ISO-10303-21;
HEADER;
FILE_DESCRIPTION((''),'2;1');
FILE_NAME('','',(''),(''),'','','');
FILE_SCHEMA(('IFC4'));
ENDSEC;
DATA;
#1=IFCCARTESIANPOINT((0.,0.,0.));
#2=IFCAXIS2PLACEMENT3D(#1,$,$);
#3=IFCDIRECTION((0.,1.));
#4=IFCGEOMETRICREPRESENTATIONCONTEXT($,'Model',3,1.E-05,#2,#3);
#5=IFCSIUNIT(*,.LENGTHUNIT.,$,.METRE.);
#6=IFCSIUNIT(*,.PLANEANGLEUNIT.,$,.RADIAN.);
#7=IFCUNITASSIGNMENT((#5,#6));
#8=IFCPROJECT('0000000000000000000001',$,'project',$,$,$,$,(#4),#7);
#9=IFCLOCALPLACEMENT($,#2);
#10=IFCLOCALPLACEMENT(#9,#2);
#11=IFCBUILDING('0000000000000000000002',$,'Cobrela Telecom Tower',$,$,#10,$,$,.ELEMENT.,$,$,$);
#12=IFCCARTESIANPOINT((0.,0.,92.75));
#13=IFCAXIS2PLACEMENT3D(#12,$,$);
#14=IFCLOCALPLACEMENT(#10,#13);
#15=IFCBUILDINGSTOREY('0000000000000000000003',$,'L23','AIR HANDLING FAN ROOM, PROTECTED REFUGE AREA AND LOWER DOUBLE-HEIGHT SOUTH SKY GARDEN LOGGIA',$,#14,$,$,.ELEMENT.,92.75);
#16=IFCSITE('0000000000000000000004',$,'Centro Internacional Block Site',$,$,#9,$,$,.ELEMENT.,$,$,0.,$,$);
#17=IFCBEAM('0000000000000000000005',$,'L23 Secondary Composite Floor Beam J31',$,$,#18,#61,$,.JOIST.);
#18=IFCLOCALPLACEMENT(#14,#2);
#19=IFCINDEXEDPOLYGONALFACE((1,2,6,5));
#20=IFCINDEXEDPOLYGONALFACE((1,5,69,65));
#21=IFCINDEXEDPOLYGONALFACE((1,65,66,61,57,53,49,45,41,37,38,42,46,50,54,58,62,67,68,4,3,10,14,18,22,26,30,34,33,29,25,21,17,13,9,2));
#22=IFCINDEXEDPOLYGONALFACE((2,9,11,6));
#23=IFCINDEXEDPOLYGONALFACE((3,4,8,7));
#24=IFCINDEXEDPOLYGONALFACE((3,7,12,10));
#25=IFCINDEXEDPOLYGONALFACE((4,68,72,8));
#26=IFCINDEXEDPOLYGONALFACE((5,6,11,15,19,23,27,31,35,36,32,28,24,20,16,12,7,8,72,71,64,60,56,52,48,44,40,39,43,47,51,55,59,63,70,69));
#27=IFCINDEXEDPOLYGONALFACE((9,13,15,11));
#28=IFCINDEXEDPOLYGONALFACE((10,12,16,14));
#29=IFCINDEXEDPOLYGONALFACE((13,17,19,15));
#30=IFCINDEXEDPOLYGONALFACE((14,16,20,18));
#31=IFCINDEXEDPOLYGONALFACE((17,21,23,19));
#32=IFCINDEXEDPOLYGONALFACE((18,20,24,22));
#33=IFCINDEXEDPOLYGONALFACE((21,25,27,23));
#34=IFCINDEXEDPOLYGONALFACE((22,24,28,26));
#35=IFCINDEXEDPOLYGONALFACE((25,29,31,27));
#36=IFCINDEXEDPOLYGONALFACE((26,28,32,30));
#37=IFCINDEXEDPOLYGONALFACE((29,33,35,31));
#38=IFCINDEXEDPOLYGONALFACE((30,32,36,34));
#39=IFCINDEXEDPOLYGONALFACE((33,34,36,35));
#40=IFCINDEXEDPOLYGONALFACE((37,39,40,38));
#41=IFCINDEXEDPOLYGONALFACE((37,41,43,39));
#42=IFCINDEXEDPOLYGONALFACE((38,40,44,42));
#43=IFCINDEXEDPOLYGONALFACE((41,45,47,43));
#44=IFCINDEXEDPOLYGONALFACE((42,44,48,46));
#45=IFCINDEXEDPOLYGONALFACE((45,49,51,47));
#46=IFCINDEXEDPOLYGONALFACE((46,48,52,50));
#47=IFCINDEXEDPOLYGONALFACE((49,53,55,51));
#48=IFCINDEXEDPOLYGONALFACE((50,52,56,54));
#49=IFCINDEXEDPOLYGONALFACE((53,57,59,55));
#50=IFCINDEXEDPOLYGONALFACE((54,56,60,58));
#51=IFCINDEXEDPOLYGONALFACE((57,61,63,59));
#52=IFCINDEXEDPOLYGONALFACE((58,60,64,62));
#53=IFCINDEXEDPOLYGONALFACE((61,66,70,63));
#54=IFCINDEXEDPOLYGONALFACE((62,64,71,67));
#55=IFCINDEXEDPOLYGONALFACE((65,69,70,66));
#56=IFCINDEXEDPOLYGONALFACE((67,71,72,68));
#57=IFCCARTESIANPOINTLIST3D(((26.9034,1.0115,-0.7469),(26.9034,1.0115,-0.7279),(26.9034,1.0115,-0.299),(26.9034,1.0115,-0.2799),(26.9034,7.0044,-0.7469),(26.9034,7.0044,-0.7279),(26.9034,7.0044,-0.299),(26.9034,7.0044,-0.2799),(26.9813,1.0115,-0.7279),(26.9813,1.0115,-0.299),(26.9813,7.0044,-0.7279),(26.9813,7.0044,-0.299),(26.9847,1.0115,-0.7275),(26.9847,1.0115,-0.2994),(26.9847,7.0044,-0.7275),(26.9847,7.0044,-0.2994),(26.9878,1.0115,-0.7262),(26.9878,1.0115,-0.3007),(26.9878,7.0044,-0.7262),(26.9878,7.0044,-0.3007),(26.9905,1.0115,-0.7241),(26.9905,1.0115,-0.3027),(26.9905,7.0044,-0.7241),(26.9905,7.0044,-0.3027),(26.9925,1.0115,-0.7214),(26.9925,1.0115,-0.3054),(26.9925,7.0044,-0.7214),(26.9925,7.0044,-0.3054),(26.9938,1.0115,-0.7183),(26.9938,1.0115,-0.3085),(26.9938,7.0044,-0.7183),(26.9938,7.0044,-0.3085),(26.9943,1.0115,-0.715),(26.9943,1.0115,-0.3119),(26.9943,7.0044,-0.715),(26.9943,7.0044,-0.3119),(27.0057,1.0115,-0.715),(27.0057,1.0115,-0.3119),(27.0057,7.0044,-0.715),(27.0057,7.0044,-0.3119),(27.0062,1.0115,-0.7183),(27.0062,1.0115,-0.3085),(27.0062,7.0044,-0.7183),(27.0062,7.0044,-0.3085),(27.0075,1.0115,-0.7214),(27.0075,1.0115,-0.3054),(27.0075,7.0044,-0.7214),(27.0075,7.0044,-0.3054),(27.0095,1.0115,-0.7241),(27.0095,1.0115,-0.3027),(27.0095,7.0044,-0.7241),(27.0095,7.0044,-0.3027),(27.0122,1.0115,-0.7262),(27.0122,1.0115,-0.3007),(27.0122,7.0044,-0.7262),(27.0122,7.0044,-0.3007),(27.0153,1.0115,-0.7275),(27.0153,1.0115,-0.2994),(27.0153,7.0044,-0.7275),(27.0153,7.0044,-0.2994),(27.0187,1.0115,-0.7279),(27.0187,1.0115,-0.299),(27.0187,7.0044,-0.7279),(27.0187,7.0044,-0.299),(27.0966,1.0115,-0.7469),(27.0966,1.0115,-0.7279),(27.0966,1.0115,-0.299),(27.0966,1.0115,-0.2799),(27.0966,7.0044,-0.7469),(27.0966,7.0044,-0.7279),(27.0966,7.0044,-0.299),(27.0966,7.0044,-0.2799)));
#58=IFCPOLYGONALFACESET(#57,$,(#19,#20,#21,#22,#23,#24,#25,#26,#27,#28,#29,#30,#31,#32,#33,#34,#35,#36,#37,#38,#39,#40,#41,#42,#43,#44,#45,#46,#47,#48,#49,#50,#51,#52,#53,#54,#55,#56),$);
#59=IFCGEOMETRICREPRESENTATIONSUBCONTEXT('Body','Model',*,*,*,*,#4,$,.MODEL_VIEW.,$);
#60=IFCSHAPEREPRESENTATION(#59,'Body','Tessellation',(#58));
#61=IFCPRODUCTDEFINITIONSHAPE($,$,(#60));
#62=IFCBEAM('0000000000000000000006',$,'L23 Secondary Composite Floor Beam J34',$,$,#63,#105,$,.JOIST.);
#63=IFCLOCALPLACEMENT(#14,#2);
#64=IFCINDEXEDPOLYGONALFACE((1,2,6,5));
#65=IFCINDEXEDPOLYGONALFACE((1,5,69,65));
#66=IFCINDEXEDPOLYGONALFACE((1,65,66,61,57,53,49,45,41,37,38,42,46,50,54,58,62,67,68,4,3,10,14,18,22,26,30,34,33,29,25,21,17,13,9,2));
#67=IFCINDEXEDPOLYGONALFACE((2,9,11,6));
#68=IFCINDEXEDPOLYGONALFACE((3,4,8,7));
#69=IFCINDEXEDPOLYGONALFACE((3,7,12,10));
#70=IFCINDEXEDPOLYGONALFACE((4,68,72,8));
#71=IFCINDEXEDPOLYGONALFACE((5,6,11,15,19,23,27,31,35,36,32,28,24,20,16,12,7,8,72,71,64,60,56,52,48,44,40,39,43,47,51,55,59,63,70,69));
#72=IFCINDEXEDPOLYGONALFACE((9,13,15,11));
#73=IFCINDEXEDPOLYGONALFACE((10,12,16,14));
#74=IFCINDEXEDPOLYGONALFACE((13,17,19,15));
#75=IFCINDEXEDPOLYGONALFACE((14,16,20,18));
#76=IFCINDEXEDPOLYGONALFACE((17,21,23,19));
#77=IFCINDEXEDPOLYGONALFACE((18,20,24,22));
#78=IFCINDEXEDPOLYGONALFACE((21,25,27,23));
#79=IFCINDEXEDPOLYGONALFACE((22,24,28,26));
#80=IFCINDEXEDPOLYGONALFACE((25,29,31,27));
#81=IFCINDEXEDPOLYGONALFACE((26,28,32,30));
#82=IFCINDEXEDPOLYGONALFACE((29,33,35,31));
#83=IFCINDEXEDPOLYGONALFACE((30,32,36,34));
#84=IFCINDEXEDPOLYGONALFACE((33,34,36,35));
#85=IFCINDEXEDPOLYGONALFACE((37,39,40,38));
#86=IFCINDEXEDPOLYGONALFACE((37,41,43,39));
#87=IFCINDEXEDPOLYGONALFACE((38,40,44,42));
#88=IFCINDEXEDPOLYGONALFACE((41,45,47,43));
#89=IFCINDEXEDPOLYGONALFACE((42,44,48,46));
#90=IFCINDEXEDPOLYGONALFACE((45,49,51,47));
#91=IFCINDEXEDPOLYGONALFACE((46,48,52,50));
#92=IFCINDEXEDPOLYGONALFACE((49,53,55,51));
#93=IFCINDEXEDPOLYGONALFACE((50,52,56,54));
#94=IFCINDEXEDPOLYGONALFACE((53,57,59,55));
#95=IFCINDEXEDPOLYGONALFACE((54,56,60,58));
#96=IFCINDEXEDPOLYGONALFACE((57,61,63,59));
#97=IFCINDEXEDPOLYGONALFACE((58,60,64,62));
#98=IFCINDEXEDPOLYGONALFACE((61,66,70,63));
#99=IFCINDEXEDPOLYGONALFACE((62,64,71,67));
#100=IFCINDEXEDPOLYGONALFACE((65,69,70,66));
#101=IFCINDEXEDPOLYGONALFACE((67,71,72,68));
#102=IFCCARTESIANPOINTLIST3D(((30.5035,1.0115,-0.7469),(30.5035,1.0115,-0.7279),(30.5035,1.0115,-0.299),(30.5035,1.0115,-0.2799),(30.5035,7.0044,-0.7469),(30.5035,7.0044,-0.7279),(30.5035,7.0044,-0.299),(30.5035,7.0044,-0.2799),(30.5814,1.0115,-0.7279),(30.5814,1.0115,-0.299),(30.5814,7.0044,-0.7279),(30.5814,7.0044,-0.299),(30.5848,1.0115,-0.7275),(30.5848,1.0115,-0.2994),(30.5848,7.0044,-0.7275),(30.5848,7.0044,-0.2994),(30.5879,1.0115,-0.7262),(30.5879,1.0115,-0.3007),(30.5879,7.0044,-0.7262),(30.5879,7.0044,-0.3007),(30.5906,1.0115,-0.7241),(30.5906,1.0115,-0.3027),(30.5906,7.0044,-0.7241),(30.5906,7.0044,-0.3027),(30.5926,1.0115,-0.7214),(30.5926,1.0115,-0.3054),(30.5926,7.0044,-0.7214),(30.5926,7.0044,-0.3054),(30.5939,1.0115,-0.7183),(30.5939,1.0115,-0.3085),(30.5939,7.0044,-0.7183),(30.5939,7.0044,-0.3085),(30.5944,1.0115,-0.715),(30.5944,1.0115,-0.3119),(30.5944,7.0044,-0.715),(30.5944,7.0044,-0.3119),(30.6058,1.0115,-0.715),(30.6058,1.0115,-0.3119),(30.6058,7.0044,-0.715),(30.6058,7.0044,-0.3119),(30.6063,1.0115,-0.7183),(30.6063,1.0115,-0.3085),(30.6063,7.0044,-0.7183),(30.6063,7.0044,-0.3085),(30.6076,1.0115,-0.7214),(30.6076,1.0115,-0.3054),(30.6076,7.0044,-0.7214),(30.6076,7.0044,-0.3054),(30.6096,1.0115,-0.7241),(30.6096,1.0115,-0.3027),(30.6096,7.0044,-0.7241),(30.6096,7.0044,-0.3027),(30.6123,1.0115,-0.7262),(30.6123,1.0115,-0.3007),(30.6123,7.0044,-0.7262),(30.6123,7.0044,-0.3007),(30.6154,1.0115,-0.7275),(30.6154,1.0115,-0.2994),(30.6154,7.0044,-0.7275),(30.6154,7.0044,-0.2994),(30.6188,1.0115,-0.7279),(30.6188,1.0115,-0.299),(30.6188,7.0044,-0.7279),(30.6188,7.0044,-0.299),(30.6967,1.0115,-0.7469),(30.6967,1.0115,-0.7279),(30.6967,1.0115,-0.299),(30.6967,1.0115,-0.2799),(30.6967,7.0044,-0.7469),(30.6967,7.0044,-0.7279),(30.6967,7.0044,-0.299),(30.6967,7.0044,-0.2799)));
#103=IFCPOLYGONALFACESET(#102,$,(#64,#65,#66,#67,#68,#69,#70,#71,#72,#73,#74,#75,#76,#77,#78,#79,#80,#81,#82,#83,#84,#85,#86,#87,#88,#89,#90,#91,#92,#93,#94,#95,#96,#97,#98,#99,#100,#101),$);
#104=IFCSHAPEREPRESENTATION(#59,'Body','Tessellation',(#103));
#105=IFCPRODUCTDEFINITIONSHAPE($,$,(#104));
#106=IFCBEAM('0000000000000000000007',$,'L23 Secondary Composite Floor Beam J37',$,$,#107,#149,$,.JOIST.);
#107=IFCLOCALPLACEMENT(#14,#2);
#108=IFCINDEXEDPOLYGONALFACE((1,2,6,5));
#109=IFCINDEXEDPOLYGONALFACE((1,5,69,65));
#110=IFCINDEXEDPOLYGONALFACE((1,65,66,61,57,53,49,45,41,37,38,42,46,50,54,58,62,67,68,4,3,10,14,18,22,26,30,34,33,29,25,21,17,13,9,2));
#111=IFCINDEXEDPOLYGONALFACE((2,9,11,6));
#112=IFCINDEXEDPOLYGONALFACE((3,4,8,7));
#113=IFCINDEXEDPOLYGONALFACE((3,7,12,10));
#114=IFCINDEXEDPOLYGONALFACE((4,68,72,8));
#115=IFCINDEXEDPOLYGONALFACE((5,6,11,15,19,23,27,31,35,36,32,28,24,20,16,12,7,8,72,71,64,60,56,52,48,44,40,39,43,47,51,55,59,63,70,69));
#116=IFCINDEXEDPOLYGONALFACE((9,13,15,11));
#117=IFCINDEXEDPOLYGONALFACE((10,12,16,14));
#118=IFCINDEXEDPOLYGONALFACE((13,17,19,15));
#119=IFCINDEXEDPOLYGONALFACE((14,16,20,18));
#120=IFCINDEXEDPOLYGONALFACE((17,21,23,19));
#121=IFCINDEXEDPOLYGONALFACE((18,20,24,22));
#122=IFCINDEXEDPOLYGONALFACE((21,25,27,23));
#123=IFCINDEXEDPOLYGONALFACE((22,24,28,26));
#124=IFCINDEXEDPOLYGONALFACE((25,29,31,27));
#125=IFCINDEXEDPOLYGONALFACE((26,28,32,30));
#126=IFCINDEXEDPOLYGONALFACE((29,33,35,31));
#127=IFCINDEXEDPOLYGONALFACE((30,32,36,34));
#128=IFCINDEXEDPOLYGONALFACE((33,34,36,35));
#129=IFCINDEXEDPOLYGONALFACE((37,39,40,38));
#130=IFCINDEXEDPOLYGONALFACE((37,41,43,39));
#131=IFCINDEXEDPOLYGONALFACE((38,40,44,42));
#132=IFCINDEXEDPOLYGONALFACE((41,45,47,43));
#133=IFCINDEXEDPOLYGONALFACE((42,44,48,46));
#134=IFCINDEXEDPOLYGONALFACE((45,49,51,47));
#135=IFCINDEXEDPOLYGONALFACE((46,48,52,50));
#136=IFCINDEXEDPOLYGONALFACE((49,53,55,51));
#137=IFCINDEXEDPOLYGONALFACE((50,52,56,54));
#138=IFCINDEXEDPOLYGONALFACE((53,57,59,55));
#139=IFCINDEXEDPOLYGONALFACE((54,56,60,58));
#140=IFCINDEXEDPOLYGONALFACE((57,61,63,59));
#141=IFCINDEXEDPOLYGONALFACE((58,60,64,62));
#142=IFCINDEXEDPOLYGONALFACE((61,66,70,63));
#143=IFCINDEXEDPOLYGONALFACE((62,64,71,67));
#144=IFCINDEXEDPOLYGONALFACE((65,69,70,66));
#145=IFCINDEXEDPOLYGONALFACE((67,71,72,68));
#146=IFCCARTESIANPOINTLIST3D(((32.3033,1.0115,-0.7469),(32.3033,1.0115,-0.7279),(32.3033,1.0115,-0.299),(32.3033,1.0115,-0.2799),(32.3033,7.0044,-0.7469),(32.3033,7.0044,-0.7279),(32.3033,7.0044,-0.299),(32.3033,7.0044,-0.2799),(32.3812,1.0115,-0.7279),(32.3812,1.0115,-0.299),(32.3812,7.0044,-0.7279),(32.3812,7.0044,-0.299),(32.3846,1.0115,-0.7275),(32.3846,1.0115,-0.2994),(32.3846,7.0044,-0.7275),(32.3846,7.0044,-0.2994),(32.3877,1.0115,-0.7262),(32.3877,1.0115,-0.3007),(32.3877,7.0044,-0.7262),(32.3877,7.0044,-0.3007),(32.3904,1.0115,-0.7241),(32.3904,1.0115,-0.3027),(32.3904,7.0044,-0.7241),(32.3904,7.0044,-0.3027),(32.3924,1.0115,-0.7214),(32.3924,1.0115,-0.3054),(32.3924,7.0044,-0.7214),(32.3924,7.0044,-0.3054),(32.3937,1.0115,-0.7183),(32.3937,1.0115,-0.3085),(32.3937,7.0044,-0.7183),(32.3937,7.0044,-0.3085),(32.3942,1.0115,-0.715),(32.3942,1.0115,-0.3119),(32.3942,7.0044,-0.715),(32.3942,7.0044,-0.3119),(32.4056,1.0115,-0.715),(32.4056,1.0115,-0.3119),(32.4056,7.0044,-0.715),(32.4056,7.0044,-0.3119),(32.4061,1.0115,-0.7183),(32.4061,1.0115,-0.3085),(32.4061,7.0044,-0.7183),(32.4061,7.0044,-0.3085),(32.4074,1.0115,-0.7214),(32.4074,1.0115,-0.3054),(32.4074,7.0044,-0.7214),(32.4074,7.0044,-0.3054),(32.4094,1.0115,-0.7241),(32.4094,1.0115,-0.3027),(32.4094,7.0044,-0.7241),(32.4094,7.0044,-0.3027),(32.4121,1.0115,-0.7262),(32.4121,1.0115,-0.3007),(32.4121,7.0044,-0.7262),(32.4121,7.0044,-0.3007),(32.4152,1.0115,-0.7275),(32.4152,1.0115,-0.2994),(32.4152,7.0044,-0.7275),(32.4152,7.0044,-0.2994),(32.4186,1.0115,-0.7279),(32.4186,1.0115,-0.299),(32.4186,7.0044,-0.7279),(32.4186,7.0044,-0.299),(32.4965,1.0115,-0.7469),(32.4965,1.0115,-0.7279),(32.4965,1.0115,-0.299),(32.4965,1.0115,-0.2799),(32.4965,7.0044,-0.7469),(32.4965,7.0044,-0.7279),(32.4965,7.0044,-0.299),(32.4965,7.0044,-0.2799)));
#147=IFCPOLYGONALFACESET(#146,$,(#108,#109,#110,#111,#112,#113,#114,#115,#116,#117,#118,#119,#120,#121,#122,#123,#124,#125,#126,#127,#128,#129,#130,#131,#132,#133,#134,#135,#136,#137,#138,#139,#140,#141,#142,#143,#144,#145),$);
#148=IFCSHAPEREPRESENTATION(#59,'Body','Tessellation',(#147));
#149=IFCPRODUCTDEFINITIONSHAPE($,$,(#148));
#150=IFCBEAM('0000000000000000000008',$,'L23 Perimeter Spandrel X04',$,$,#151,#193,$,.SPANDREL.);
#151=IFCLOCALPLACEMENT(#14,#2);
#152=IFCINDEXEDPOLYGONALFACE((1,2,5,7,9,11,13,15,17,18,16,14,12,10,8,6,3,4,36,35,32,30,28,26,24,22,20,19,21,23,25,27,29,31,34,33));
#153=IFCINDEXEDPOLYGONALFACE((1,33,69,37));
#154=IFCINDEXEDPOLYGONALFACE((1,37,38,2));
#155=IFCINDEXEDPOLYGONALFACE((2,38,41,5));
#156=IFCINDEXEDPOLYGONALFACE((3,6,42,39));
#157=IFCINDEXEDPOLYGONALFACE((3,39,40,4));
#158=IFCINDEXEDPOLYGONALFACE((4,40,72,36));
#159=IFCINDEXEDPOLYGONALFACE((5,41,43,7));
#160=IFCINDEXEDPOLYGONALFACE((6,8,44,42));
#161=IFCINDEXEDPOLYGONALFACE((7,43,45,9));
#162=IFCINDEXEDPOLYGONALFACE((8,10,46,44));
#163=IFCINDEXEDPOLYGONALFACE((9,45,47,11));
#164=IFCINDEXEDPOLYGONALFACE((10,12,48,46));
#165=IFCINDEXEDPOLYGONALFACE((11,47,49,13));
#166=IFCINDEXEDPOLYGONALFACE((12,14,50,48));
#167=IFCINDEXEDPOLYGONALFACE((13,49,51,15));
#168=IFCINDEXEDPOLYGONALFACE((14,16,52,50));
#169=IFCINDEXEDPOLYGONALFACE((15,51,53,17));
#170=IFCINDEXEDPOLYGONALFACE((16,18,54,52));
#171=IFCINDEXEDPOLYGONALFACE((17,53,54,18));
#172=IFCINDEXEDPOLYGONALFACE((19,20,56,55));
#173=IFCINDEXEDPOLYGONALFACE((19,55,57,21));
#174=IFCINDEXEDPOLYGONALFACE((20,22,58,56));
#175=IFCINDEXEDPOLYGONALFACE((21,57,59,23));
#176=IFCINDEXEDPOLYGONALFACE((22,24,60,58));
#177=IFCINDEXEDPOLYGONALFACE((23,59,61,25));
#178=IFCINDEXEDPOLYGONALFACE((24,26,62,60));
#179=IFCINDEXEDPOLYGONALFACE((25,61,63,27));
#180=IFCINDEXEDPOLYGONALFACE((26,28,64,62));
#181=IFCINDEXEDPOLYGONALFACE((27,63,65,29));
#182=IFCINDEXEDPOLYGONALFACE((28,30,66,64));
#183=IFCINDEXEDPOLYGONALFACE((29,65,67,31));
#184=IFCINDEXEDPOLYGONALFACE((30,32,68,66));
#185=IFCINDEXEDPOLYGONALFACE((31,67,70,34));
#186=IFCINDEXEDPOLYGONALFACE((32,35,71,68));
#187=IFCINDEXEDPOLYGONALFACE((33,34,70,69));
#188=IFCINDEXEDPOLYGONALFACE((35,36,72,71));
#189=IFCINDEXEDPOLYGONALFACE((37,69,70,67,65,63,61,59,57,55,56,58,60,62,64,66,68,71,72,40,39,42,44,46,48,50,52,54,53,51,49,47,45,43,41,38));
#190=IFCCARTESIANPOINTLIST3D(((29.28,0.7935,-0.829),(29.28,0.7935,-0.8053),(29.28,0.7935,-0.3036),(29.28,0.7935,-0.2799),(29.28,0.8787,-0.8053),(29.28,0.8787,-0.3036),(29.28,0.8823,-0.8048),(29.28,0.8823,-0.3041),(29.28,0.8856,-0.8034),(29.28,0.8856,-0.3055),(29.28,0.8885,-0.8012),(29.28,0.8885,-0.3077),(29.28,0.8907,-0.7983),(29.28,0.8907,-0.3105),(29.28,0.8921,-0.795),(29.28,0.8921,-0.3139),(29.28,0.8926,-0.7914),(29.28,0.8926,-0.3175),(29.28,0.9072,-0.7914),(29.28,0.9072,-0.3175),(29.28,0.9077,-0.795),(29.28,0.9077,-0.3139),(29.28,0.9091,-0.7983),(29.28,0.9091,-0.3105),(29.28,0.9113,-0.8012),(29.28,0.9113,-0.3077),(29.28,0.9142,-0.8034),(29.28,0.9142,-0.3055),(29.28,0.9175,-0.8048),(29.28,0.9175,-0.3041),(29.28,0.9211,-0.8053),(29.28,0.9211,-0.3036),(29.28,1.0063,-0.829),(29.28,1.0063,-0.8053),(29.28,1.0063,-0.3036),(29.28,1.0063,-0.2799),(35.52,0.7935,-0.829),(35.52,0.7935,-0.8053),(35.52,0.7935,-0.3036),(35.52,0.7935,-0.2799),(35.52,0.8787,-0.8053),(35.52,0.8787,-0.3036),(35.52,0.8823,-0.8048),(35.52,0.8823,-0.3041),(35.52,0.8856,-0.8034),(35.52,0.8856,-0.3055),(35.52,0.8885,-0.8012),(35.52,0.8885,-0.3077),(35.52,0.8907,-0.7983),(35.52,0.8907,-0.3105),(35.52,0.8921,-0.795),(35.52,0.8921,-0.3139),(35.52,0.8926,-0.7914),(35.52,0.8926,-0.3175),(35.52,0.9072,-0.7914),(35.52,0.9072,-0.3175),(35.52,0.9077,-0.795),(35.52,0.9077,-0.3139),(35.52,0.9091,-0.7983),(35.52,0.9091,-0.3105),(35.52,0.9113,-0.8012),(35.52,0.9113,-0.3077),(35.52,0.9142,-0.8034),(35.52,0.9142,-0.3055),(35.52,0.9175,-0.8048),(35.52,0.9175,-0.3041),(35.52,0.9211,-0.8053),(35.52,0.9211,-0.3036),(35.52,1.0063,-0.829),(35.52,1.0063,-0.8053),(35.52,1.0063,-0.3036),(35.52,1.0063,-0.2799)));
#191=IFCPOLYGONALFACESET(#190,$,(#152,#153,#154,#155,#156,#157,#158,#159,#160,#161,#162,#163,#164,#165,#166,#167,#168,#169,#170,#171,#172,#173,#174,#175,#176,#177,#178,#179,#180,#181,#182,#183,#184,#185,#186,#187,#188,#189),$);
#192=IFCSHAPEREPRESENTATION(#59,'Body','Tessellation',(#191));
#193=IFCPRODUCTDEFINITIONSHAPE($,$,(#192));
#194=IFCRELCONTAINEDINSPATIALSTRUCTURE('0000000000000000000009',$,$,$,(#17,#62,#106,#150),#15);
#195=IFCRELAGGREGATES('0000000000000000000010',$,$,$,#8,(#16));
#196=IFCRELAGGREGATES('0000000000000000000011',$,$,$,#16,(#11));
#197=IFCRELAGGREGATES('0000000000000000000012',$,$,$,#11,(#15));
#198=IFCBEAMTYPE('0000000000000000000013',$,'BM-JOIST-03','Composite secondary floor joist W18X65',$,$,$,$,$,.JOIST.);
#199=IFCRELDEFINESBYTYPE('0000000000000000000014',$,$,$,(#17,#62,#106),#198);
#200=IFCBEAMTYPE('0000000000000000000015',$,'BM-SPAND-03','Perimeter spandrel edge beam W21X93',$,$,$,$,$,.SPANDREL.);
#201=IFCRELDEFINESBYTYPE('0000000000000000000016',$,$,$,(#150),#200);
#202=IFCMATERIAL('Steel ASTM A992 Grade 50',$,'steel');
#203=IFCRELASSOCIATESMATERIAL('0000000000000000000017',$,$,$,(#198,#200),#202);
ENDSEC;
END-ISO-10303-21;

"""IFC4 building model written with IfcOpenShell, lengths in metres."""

from ifc_helpers import new_model, si_unit, direction, frame, origin, origin_2d, place, context, subcontext, project, spatial, i_section, extrude, material, material_profile, profile_set, type_object, element, save


model = new_model("IFC4")

# Units and contexts
model_context = context("Model", 3, precision=1e-05, world=origin(), true_north=direction((0.0, 1.0)))
body_context = subcontext(model_context, "Body", "Model", "MODEL_VIEW")
ifc_project = project(units=[si_unit("LENGTHUNIT", "METRE"), si_unit("PLANEANGLEUNIT", "RADIAN")], contexts=[model_context])

# Site, building, storey
site_placement = place(None, origin())
site = spatial("IfcSite", under=ifc_project, at=site_placement, Name="Centro Internacional Block Site", CompositionType="ELEMENT", RefElevation=0.0)
building_placement = place(site_placement, origin())
building = spatial("IfcBuilding", under=site, at=building_placement, Name="Cobrela Telecom Tower", CompositionType="ELEMENT")
storey_placement = place(building_placement, frame((0.0, 0.0, 92.75)))
storey = spatial("IfcBuildingStorey", under=building, at=storey_placement, Name="L23", Description="AIR HANDLING FAN ROOM, PROTECTED REFUGE AREA AND LOWER DOUBLE-HEIGHT SOUTH SKY GARDEN LOGGIA", CompositionType="ELEMENT", Elevation=92.75)

# Shared definitions
ifc_material_1 = material(Name="Steel ASTM A992 Grade 50", Category="steel")

# Beams
ifc_material_profile_1 = material_profile(ifc_material_1, i_section(OverallWidth=0.1931, OverallDepth=0.467, WebThickness=0.0115, FlangeThickness=0.019, FilletRadius=0.0129, at=origin_2d()), Name="W18X65")
ifc_profile_set_1 = profile_set([ifc_material_profile_1], Name="Steel ASTM A992 Grade 50")
beam_type_1 = type_object("IfcBeamType", Name="BM-JOIST-03", Description="Composite secondary floor joist W18X65", PredefinedType="JOIST", material=ifc_profile_set_1)
for number, where, z_axis, x_axis, name in (
    (1, (27.0, 1.0115, -0.5134), (0.0, 1.0, 0.0), (-1.0, 0.0, 0.0), "L23 Secondary Composite Floor Beam J31"),
    (2, (30.6001, 1.0115, -0.5134), (0.0, 1.0, 0.0), (-1.0, 0.0, 0.0), "L23 Secondary Composite Floor Beam J34"),
    (3, (32.3999, 1.0115, -0.5134), (0.0, 1.0, 0.0), (-1.0, 0.0, 0.0), "L23 Secondary Composite Floor Beam J37"),
):
    element("IfcBeam", number, at=place(storey_placement, frame(where, z_axis=z_axis, x_axis=x_axis)), inside=storey, type_object=beam_type_1, Name=name, PredefinedType="JOIST", context=body_context, shape_type="SweptSolid", body=[
        extrude(i_section(OverallWidth=0.1931, OverallDepth=0.467, WebThickness=0.0115, FlangeThickness=0.019, FilletRadius=0.0129, at=origin_2d()), origin(), (0.0, 0.0, 1.0), 5.9929),
    ])
ifc_material_profile_2 = material_profile(ifc_material_1, i_section(OverallWidth=0.2129, OverallDepth=0.5491, WebThickness=0.0146, FlangeThickness=0.0237, FilletRadius=0.0139, at=origin_2d()), Name="W21X93")
ifc_profile_set_2 = profile_set([ifc_material_profile_2], Name="Steel ASTM A992 Grade 50")
beam_type_2 = type_object("IfcBeamType", Name="BM-SPAND-03", Description="Perimeter spandrel edge beam W21X93", PredefinedType="SPANDREL", material=ifc_profile_set_2)
beam_1_placement = place(storey_placement, frame((29.28, 0.8999, -0.5544), z_axis=(1.0, 0.0, 0.0), x_axis=(0.0, 1.0, 0.0)))
element("IfcBeam", 4, at=beam_1_placement, inside=storey, type_object=beam_type_2, Name="L23 Perimeter Spandrel X04", PredefinedType="SPANDREL", context=body_context, shape_type="SweptSolid", body=[
    extrude(i_section(OverallWidth=0.2129, OverallDepth=0.5491, WebThickness=0.0146, FlangeThickness=0.0237, FilletRadius=0.0139, at=origin_2d()), origin(), (0.0, 0.0, 1.0), 6.24),
])

save(model, "model.ifc")
